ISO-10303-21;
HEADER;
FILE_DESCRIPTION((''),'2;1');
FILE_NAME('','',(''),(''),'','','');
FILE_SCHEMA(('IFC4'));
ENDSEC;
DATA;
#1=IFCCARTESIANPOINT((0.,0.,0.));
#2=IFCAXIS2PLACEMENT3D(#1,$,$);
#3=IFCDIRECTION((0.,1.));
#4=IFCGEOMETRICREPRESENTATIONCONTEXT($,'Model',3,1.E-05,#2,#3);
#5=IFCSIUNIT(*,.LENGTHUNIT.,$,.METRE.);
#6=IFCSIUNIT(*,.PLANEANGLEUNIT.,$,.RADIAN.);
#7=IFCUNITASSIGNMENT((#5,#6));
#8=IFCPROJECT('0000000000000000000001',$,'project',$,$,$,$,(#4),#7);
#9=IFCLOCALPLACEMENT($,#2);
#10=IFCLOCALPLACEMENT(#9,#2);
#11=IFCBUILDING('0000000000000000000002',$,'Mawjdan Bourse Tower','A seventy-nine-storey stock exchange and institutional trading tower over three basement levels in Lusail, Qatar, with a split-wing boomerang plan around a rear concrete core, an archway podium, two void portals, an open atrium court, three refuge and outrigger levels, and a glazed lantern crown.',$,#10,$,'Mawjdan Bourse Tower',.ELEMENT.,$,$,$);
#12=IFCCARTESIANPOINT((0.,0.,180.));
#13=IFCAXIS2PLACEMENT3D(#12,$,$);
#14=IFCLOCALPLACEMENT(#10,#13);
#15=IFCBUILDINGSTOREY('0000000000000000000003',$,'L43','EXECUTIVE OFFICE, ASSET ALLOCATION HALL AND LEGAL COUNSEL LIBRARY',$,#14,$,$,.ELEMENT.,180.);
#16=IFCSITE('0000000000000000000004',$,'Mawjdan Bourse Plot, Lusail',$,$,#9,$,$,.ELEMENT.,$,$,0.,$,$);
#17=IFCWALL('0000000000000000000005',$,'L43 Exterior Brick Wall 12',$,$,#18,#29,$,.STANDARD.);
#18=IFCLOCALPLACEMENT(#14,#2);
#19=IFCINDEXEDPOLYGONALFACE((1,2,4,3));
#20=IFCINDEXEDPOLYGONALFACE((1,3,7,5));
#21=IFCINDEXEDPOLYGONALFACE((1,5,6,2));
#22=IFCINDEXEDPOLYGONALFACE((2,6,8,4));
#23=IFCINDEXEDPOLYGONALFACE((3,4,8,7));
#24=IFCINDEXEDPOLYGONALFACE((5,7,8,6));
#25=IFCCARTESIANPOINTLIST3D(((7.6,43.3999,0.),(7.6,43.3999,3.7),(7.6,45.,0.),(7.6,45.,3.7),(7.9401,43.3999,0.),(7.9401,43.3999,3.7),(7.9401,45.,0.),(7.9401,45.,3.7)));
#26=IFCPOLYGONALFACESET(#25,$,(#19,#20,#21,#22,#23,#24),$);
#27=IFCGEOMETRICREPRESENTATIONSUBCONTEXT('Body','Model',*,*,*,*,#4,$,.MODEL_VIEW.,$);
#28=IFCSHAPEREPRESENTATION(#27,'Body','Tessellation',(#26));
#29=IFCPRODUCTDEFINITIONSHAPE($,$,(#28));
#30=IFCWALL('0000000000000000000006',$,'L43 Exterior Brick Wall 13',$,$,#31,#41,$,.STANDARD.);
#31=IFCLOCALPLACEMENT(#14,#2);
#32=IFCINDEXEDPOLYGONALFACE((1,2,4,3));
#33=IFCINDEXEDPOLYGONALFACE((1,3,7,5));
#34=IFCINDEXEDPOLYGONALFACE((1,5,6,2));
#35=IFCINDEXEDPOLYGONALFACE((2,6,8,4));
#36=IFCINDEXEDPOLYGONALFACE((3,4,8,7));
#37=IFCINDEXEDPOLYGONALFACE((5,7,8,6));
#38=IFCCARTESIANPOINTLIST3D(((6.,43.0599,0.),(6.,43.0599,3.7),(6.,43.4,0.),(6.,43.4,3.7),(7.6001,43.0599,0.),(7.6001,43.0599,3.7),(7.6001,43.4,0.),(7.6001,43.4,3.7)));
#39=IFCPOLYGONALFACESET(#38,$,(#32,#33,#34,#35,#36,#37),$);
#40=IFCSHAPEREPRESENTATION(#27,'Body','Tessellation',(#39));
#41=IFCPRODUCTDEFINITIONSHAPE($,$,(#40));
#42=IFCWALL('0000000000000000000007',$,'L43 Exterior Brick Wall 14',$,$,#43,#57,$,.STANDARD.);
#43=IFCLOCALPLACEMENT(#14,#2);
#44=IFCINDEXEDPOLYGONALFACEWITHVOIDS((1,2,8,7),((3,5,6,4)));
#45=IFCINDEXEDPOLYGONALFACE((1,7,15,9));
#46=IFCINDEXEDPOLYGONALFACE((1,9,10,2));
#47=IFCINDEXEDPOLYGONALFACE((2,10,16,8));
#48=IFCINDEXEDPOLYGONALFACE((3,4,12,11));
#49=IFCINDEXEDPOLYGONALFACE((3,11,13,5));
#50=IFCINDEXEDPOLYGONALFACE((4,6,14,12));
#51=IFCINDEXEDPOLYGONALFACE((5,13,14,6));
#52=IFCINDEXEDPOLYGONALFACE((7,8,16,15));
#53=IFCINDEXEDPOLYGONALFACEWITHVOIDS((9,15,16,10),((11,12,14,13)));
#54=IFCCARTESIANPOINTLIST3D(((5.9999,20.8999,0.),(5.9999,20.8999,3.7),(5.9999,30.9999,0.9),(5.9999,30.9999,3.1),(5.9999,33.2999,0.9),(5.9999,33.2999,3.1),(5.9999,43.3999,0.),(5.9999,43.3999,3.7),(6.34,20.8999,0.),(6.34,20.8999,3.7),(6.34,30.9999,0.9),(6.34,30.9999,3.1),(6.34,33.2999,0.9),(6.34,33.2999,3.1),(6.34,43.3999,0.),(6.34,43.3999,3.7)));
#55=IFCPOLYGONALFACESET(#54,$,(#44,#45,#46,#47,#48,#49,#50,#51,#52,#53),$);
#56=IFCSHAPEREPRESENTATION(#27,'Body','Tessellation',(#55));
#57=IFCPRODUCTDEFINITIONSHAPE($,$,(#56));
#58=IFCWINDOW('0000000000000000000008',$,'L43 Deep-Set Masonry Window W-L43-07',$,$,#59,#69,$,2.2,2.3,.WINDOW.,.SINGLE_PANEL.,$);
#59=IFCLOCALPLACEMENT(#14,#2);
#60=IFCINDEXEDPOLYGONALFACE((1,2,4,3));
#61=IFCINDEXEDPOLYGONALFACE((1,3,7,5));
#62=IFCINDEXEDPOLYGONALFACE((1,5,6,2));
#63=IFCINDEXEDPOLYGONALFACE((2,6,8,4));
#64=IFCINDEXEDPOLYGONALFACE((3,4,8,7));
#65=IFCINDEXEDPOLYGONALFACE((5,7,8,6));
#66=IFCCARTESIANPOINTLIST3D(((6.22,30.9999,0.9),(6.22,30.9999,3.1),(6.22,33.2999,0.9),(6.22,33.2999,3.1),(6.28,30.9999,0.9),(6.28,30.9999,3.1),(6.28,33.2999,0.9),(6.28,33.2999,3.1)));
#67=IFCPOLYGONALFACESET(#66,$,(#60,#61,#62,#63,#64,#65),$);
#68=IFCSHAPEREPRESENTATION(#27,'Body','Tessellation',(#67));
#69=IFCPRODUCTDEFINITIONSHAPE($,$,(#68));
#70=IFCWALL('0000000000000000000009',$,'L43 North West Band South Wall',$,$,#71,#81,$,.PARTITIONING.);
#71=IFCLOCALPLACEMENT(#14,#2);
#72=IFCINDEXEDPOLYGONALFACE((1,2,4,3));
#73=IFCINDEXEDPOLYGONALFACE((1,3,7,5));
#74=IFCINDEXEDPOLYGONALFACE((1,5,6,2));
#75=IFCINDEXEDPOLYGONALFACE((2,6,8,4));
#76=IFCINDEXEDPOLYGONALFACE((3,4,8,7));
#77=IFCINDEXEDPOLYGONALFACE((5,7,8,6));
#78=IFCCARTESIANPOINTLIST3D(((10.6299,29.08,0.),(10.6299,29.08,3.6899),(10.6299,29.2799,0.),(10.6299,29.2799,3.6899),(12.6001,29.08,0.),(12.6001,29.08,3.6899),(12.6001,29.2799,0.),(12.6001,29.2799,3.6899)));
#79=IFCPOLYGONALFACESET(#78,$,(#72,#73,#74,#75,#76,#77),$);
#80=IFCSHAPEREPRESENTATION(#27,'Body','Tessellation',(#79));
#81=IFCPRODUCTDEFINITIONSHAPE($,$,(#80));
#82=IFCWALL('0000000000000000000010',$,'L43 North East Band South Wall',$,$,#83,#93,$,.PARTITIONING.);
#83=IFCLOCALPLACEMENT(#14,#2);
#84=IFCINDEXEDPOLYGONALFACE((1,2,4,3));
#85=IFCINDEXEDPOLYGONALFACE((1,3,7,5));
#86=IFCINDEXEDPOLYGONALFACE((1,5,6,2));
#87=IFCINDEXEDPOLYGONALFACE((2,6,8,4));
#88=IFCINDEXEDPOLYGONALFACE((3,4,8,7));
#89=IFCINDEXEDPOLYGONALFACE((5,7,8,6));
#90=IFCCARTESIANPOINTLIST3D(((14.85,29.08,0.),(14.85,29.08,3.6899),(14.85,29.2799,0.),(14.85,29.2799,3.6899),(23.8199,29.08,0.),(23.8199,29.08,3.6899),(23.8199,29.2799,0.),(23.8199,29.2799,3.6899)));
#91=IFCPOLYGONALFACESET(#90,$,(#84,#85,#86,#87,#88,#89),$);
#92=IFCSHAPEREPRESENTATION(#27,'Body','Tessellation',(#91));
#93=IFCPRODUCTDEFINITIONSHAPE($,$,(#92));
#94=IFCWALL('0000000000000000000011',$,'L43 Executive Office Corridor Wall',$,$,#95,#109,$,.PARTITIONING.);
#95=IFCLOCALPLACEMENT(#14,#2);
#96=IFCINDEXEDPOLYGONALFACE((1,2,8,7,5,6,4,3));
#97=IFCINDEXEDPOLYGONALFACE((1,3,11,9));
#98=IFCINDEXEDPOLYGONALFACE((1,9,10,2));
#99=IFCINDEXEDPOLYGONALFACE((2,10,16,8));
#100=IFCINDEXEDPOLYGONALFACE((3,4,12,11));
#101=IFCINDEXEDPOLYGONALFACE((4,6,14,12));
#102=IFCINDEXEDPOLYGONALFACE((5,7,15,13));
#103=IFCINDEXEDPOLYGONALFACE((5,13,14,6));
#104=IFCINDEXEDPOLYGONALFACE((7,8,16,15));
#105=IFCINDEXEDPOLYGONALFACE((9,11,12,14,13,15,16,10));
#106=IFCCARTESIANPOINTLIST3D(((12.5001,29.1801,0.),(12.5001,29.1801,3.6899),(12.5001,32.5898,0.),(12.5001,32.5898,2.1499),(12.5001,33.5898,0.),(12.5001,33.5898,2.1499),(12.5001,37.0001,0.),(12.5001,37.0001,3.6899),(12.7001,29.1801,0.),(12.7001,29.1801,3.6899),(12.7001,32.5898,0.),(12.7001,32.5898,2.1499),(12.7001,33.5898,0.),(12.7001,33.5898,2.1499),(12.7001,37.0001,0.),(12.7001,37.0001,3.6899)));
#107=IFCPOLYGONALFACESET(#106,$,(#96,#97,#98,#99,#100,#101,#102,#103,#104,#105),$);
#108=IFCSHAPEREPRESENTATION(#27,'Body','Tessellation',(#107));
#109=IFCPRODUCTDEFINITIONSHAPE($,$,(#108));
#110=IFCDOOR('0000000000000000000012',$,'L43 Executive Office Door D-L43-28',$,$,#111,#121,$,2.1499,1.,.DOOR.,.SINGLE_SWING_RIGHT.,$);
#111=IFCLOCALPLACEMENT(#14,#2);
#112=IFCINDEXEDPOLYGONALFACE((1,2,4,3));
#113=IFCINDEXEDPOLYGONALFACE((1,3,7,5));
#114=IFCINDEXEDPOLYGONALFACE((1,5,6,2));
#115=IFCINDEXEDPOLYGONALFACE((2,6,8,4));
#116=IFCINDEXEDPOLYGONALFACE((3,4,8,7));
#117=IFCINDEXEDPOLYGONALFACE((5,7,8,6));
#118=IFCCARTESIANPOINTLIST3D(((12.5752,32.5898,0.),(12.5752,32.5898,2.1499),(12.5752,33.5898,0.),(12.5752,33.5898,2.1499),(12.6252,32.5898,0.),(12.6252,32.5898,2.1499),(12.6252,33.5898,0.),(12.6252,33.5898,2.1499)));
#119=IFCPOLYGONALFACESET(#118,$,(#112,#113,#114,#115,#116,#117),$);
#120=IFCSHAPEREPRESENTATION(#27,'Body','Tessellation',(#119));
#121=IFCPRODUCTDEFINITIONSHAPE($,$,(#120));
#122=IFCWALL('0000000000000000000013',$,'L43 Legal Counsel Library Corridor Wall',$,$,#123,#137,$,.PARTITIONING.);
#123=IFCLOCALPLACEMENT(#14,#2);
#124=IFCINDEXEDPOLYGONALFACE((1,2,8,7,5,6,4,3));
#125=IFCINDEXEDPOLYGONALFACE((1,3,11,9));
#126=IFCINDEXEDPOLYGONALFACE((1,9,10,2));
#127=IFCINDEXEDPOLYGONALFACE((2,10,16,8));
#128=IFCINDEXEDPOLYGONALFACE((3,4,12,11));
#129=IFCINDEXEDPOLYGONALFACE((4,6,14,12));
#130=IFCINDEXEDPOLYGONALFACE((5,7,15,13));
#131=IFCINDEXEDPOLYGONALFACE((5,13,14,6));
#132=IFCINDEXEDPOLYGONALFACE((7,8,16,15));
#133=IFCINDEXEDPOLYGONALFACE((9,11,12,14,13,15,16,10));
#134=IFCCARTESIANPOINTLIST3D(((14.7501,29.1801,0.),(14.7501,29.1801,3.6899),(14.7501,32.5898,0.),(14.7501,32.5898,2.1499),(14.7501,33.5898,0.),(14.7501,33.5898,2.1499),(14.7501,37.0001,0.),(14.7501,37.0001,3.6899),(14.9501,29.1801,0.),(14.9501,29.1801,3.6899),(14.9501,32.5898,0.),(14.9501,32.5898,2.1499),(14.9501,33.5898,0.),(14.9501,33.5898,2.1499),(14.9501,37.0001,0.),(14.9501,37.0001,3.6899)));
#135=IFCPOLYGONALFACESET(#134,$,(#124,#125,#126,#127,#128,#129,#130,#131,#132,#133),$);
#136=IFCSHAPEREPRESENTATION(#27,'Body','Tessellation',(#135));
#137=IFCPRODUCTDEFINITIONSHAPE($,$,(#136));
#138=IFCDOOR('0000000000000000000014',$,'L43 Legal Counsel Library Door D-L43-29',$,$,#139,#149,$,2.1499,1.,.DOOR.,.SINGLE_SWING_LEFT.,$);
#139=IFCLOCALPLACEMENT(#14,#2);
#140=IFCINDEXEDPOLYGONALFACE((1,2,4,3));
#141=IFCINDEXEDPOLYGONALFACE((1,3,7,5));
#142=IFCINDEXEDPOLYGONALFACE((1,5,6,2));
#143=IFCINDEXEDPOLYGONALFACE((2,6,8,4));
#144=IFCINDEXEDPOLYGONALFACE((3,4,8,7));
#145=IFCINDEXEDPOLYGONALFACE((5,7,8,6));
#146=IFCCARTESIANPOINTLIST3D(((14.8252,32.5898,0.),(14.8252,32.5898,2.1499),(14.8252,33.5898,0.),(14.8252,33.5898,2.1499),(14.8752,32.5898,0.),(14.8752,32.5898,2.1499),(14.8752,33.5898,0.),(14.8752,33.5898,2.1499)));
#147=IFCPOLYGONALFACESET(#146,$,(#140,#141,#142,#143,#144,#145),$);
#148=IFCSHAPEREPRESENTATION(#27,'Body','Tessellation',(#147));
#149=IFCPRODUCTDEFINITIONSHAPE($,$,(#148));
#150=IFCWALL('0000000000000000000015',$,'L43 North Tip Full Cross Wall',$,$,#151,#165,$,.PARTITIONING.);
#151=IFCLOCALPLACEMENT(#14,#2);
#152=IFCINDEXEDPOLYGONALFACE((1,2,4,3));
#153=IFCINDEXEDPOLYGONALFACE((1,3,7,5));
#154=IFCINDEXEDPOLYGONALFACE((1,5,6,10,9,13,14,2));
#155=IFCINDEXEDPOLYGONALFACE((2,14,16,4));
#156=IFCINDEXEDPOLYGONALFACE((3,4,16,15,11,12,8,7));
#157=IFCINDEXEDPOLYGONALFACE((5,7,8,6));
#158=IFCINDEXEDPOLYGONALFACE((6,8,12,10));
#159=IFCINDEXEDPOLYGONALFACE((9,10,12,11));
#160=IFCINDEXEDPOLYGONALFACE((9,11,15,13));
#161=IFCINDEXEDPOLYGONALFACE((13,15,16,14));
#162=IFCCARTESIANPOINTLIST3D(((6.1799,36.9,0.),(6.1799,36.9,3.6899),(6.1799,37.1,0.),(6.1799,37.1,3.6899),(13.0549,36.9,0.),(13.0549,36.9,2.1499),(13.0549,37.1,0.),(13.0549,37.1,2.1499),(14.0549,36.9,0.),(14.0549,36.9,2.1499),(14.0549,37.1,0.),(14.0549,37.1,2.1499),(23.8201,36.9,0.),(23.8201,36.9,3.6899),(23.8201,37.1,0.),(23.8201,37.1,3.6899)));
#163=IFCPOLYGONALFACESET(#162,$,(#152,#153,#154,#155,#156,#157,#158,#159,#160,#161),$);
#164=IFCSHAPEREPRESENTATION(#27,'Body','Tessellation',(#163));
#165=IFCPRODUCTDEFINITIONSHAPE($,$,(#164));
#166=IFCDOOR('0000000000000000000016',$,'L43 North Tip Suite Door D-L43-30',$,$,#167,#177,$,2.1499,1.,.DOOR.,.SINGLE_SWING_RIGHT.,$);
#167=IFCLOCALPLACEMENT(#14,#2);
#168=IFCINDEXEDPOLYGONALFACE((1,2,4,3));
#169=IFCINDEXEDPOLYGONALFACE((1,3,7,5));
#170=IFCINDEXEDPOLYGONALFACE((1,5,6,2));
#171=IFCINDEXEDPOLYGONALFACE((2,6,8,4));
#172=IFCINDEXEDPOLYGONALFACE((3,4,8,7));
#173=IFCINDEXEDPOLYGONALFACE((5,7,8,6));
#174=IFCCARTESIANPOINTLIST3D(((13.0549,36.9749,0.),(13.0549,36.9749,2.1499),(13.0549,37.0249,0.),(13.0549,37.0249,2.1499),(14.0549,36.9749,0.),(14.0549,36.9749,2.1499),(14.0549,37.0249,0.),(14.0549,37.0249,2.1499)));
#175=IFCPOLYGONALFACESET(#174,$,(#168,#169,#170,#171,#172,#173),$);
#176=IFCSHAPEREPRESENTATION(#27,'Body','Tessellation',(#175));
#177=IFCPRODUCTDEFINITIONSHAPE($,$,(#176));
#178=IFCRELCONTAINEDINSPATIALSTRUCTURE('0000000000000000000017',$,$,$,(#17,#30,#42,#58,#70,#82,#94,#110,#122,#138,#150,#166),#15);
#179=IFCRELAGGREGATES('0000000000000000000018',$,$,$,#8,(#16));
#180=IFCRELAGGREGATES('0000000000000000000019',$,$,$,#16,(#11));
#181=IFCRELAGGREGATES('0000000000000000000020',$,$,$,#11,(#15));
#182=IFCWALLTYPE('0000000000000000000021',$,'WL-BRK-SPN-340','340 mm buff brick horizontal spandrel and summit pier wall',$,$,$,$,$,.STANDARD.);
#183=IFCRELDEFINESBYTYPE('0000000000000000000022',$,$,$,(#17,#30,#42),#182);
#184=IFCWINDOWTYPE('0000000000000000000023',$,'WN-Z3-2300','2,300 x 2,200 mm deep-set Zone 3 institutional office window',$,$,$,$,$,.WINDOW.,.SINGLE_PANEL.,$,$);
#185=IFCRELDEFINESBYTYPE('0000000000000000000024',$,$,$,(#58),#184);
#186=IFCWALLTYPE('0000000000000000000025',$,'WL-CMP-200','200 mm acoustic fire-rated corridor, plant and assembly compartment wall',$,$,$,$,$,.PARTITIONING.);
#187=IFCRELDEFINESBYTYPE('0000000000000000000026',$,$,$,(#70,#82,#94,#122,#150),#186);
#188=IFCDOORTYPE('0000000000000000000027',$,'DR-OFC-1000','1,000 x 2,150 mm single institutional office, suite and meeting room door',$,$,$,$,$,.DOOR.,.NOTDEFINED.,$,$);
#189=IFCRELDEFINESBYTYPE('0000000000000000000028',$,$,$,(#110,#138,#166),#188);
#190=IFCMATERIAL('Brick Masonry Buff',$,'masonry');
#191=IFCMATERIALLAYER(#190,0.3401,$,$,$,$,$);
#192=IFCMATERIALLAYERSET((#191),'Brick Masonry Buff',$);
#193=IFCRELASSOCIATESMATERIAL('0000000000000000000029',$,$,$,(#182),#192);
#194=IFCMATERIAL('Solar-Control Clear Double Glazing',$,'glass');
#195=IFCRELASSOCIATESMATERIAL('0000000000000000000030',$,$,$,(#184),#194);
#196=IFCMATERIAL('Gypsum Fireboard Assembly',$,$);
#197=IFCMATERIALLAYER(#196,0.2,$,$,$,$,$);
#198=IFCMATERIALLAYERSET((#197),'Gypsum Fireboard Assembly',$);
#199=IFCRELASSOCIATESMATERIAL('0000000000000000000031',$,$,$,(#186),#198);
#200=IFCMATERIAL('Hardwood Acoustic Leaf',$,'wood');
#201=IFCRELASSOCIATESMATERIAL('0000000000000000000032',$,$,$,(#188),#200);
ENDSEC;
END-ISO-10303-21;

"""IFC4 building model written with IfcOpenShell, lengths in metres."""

from ifc_helpers import new_model, si_unit, direction, frame, frame_2d, origin, place, context, subcontext, project, spatial, rectangle, extrude, material, layer, layer_set, type_object, element, fill, save


model = new_model("IFC4")

# Units and contexts
model_context = context("Model", 3, precision=1e-05, world=origin(), true_north=direction((0.0, 1.0)))
body_context = subcontext(model_context, "Body", "Model", "MODEL_VIEW")
ifc_project = project(units=[si_unit("LENGTHUNIT", "METRE"), si_unit("PLANEANGLEUNIT", "RADIAN")], contexts=[model_context])

# Site, building, storey
site_placement = place(None, origin())
site = spatial("IfcSite", under=ifc_project, at=site_placement, Name="Mawjdan Bourse Plot, Lusail", CompositionType="ELEMENT", RefElevation=0.0)
building_placement = place(site_placement, origin())
building = spatial("IfcBuilding", under=site, at=building_placement, Name="Mawjdan Bourse Tower", Description="A seventy-nine-storey stock exchange and institutional trading tower over three basement levels in Lusail, Qatar, with a split-wing boomerang plan around a rear concrete core, an archway podium, two void portals, an open atrium court, three refuge and outrigger levels, and a glazed lantern crown.", LongName="Mawjdan Bourse Tower", CompositionType="ELEMENT")
storey_placement = place(building_placement, frame((0.0, 0.0, 180.0)))
storey = spatial("IfcBuildingStorey", under=building, at=storey_placement, Name="L43", Description="EXECUTIVE OFFICE, ASSET ALLOCATION HALL AND LEGAL COUNSEL LIBRARY", CompositionType="ELEMENT", Elevation=180.0)

# Walls
ifc_material_1 = material(Name="Brick Masonry Buff", Category="masonry")
ifc_layer_1 = layer(ifc_material_1, 0.3401)
ifc_layer_set_1 = layer_set([ifc_layer_1], Name="Brick Masonry Buff")
wall_type_1 = type_object("IfcWallType", Name="WL-BRK-SPN-340", Description="340 mm buff brick horizontal spandrel and summit pier wall", PredefinedType="STANDARD", material=ifc_layer_set_1)
for number, where, z_axis, x_axis, name in (
    (1, (7.77, 45.0, 0.0), (0.0, 0.0, 1.0), (0.0, -1.0, 0.0), "L43 Exterior Brick Wall 12"),
    (2, (7.6001, 43.23, 0.0), (0.0, 0.0, 1.0), (-1.0, 0.0, 0.0), "L43 Exterior Brick Wall 13"),
):
    element("IfcWall", number, at=place(storey_placement, frame(where, z_axis=z_axis, x_axis=x_axis)), inside=storey, type_object=wall_type_1, Name=name, PredefinedType="STANDARD", context=body_context, shape_type="SweptSolid", body=[
        extrude(rectangle(XDim=1.6001, YDim=0.3401, at=frame_2d((0.8, 0.0))), origin(), (0.0, 0.0, 1.0), 3.7),
    ])

# Wall, opening, window
wall_1_placement = place(storey_placement, frame((6.1699, 43.3999, 0.0), z_axis=(0.0, 0.0, 1.0), x_axis=(0.0, -1.0, 0.0)))
wall_1 = element("IfcWall", 3, at=wall_1_placement, inside=storey, type_object=wall_type_1, Name="L43 Exterior Brick Wall 14", PredefinedType="STANDARD", context=body_context, shape_type="SweptSolid", body=[
    extrude(rectangle(XDim=22.5, YDim=0.3401, at=frame_2d((11.25, 0.0))), origin(), (0.0, 0.0, 1.0), 3.7),
])
opening_1_placement = place(wall_1_placement, frame((10.1001, 0.0, 0.8999)))
opening_1 = element("IfcOpeningElement", 4, at=opening_1_placement, cuts=wall_1, PredefinedType="OPENING", context=body_context, shape_type="SweptSolid", body=[
    extrude(rectangle(XDim=2.3, YDim=2.2, at=frame_2d((1.1499, 1.1001))), frame((0.0, 0.1802, 0.0), z_axis=(0.0, -1.0, 0.0), x_axis=(1.0, 0.0, 0.0)), (0.0, 0.0, 1.0), 0.3601),
])
ifc_material_2 = material(Name="Solar-Control Clear Double Glazing", Category="glass")
window_type = type_object("IfcWindowType", Name="WN-Z3-2300", Description="2,300 x 2,200 mm deep-set Zone 3 institutional office window", PartitioningType="SINGLE_PANEL", PredefinedType="WINDOW", material=ifc_material_2)
window_placement = place(opening_1_placement, origin())
window = element("IfcWindow", 5, at=window_placement, inside=storey, type_object=window_type, Name="L43 Deep-Set Masonry Window W-L43-07", OverallHeight=2.2, OverallWidth=2.3, PartitioningType="SINGLE_PANEL", PredefinedType="WINDOW", context=body_context, shape_type="SweptSolid", body=[
    extrude(rectangle(XDim=2.3, YDim=2.2, at=frame_2d((1.1499, 1.1001))), frame((0.0, 0.1101, 0.0), z_axis=(0.0, -1.0, 0.0), x_axis=(1.0, 0.0, 0.0)), (0.0, 0.0, 1.0), 0.0601),
])
fill(opening_1, window)

# Walls
ifc_material_3 = material(Name="Gypsum Fireboard Assembly")
ifc_layer_2 = layer(ifc_material_3, 0.2)
ifc_layer_set_2 = layer_set([ifc_layer_2], Name="Gypsum Fireboard Assembly")
wall_type_2 = type_object("IfcWallType", Name="WL-CMP-200", Description="200 mm acoustic fire-rated corridor, plant and assembly compartment wall", PredefinedType="PARTITIONING", material=ifc_layer_set_2)
wall_2_placement = place(storey_placement, frame((10.6299, 29.1799, 0.0), z_axis=(0.0, 0.0, 1.0), x_axis=(1.0, 0.0, 0.0)))
element("IfcWall", 6, at=wall_2_placement, inside=storey, type_object=wall_type_2, Name="L43 North West Band South Wall", PredefinedType="PARTITIONING", context=body_context, shape_type="SweptSolid", body=[
    extrude(rectangle(XDim=1.9702, YDim=0.2, at=frame_2d((0.9851, 0.0))), origin(), (0.0, 0.0, 1.0), 3.6899),
])
wall_3_placement = place(storey_placement, frame((14.8501, 29.1799, 0.0), z_axis=(0.0, 0.0, 1.0), x_axis=(1.0, 0.0, 0.0)))
element("IfcWall", 7, at=wall_3_placement, inside=storey, type_object=wall_type_2, Name="L43 North East Band South Wall", PredefinedType="PARTITIONING", context=body_context, shape_type="SweptSolid", body=[
    extrude(rectangle(XDim=8.97, YDim=0.2, at=frame_2d((4.4849, 0.0))), origin(), (0.0, 0.0, 1.0), 3.6899),
])

# Walls, openings, doors
wall_4_placement = place(storey_placement, frame((12.6001, 29.1799, 0.0), z_axis=(0.0, 0.0, 1.0), x_axis=(0.0, 1.0, 0.0)))
wall_4 = element("IfcWall", 8, at=wall_4_placement, inside=storey, type_object=wall_type_2, Name="L43 Executive Office Corridor Wall", PredefinedType="PARTITIONING", context=body_context, shape_type="SweptSolid", body=[
    extrude(rectangle(XDim=7.8201, YDim=0.2, at=frame_2d((3.9102, 0.0))), origin(), (0.0, 0.0, 1.0), 3.6899),
])
opening_2_placement = place(wall_4_placement, frame((3.4099, 0.0, 0.0)))
opening_2 = element("IfcOpeningElement", 9, at=opening_2_placement, cuts=wall_4, PredefinedType="OPENING", context=body_context, shape_type="SweptSolid", body=[
    extrude(rectangle(XDim=1.0, YDim=2.1499, at=frame_2d((0.5, 1.075))), frame((0.0, 0.1099, 0.0), z_axis=(0.0, -1.0, 0.0), x_axis=(1.0, 0.0, 0.0)), (0.0, 0.0, 1.0), 0.22),
])
ifc_material_4 = material(Name="Hardwood Acoustic Leaf", Category="wood")
door_type = type_object("IfcDoorType", Name="DR-OFC-1000", Description="1,000 x 2,150 mm single institutional office, suite and meeting room door", OperationType="NOTDEFINED", PredefinedType="DOOR", material=ifc_material_4)
door_1_placement = place(opening_2_placement, origin())
door_1 = element("IfcDoor", 10, at=door_1_placement, inside=storey, type_object=door_type, Name="L43 Executive Office Door D-L43-28", OperationType="SINGLE_SWING_RIGHT", OverallHeight=2.1499, OverallWidth=1.0, PredefinedType="DOOR", context=body_context, shape_type="SweptSolid", body=[
    extrude(rectangle(XDim=1.0, YDim=2.1499, at=frame_2d((0.5, 1.075))), frame((0.0, 0.0249, 0.0), z_axis=(0.0, -1.0, 0.0), x_axis=(1.0, 0.0, 0.0)), (0.0, 0.0, 1.0), 0.05),
])
fill(opening_2, door_1)
wall_5_placement = place(storey_placement, frame((14.8501, 29.1799, 0.0), z_axis=(0.0, 0.0, 1.0), x_axis=(0.0, 1.0, 0.0)))
wall_5 = element("IfcWall", 11, at=wall_5_placement, inside=storey, type_object=wall_type_2, Name="L43 Legal Counsel Library Corridor Wall", PredefinedType="PARTITIONING", context=body_context, shape_type="SweptSolid", body=[
    extrude(rectangle(XDim=7.8201, YDim=0.2, at=frame_2d((3.9102, 0.0))), origin(), (0.0, 0.0, 1.0), 3.6899),
])
opening_3_placement = place(wall_5_placement, frame((3.4099, 0.0, 0.0)))
opening_3 = element("IfcOpeningElement", 12, at=opening_3_placement, cuts=wall_5, PredefinedType="OPENING", context=body_context, shape_type="SweptSolid", body=[
    extrude(rectangle(XDim=1.0, YDim=2.1499, at=frame_2d((0.5, 1.075))), frame((0.0, 0.1099, 0.0), z_axis=(0.0, -1.0, 0.0), x_axis=(1.0, 0.0, 0.0)), (0.0, 0.0, 1.0), 0.22),
])
door_2_placement = place(opening_3_placement, origin())
door_2 = element("IfcDoor", 13, at=door_2_placement, inside=storey, type_object=door_type, Name="L43 Legal Counsel Library Door D-L43-29", OperationType="SINGLE_SWING_LEFT", OverallHeight=2.1499, OverallWidth=1.0, PredefinedType="DOOR", context=body_context, shape_type="SweptSolid", body=[
    extrude(rectangle(XDim=1.0, YDim=2.1499, at=frame_2d((0.5, 1.075))), frame((0.0, 0.0249, 0.0), z_axis=(0.0, -1.0, 0.0), x_axis=(1.0, 0.0, 0.0)), (0.0, 0.0, 1.0), 0.05),
])
fill(opening_3, door_2)
wall_6_placement = place(storey_placement, frame((6.1799, 37.0, 0.0), z_axis=(0.0, 0.0, 1.0), x_axis=(1.0, 0.0, 0.0)))
wall_6 = element("IfcWall", 14, at=wall_6_placement, inside=storey, type_object=wall_type_2, Name="L43 North Tip Full Cross Wall", PredefinedType="PARTITIONING", context=body_context, shape_type="SweptSolid", body=[
    extrude(rectangle(XDim=17.6401, YDim=0.2, at=frame_2d((8.8201, 0.0))), origin(), (0.0, 0.0, 1.0), 3.6899),
])
opening_4_placement = place(wall_6_placement, frame((6.875, 0.0, 0.0)))
opening_4 = element("IfcOpeningElement", 15, at=opening_4_placement, cuts=wall_6, PredefinedType="OPENING", context=body_context, shape_type="SweptSolid", body=[
    extrude(rectangle(XDim=1.0, YDim=2.1499, at=frame_2d((0.5, 1.075))), frame((0.0, 0.1099, 0.0), z_axis=(0.0, -1.0, 0.0), x_axis=(1.0, 0.0, 0.0)), (0.0, 0.0, 1.0), 0.22),
])
door_3_placement = place(opening_4_placement, origin())
door_3 = element("IfcDoor", 16, at=door_3_placement, inside=storey, type_object=door_type, Name="L43 North Tip Suite Door D-L43-30", OperationType="SINGLE_SWING_RIGHT", OverallHeight=2.1499, OverallWidth=1.0, PredefinedType="DOOR", context=body_context, shape_type="SweptSolid", body=[
    extrude(rectangle(XDim=1.0, YDim=2.1499, at=frame_2d((0.5, 1.075))), frame((0.0, 0.0249, 0.0), z_axis=(0.0, -1.0, 0.0), x_axis=(1.0, 0.0, 0.0)), (0.0, 0.0, 1.0), 0.05),
])
fill(opening_4, door_3)

save(model, "model.ifc")
